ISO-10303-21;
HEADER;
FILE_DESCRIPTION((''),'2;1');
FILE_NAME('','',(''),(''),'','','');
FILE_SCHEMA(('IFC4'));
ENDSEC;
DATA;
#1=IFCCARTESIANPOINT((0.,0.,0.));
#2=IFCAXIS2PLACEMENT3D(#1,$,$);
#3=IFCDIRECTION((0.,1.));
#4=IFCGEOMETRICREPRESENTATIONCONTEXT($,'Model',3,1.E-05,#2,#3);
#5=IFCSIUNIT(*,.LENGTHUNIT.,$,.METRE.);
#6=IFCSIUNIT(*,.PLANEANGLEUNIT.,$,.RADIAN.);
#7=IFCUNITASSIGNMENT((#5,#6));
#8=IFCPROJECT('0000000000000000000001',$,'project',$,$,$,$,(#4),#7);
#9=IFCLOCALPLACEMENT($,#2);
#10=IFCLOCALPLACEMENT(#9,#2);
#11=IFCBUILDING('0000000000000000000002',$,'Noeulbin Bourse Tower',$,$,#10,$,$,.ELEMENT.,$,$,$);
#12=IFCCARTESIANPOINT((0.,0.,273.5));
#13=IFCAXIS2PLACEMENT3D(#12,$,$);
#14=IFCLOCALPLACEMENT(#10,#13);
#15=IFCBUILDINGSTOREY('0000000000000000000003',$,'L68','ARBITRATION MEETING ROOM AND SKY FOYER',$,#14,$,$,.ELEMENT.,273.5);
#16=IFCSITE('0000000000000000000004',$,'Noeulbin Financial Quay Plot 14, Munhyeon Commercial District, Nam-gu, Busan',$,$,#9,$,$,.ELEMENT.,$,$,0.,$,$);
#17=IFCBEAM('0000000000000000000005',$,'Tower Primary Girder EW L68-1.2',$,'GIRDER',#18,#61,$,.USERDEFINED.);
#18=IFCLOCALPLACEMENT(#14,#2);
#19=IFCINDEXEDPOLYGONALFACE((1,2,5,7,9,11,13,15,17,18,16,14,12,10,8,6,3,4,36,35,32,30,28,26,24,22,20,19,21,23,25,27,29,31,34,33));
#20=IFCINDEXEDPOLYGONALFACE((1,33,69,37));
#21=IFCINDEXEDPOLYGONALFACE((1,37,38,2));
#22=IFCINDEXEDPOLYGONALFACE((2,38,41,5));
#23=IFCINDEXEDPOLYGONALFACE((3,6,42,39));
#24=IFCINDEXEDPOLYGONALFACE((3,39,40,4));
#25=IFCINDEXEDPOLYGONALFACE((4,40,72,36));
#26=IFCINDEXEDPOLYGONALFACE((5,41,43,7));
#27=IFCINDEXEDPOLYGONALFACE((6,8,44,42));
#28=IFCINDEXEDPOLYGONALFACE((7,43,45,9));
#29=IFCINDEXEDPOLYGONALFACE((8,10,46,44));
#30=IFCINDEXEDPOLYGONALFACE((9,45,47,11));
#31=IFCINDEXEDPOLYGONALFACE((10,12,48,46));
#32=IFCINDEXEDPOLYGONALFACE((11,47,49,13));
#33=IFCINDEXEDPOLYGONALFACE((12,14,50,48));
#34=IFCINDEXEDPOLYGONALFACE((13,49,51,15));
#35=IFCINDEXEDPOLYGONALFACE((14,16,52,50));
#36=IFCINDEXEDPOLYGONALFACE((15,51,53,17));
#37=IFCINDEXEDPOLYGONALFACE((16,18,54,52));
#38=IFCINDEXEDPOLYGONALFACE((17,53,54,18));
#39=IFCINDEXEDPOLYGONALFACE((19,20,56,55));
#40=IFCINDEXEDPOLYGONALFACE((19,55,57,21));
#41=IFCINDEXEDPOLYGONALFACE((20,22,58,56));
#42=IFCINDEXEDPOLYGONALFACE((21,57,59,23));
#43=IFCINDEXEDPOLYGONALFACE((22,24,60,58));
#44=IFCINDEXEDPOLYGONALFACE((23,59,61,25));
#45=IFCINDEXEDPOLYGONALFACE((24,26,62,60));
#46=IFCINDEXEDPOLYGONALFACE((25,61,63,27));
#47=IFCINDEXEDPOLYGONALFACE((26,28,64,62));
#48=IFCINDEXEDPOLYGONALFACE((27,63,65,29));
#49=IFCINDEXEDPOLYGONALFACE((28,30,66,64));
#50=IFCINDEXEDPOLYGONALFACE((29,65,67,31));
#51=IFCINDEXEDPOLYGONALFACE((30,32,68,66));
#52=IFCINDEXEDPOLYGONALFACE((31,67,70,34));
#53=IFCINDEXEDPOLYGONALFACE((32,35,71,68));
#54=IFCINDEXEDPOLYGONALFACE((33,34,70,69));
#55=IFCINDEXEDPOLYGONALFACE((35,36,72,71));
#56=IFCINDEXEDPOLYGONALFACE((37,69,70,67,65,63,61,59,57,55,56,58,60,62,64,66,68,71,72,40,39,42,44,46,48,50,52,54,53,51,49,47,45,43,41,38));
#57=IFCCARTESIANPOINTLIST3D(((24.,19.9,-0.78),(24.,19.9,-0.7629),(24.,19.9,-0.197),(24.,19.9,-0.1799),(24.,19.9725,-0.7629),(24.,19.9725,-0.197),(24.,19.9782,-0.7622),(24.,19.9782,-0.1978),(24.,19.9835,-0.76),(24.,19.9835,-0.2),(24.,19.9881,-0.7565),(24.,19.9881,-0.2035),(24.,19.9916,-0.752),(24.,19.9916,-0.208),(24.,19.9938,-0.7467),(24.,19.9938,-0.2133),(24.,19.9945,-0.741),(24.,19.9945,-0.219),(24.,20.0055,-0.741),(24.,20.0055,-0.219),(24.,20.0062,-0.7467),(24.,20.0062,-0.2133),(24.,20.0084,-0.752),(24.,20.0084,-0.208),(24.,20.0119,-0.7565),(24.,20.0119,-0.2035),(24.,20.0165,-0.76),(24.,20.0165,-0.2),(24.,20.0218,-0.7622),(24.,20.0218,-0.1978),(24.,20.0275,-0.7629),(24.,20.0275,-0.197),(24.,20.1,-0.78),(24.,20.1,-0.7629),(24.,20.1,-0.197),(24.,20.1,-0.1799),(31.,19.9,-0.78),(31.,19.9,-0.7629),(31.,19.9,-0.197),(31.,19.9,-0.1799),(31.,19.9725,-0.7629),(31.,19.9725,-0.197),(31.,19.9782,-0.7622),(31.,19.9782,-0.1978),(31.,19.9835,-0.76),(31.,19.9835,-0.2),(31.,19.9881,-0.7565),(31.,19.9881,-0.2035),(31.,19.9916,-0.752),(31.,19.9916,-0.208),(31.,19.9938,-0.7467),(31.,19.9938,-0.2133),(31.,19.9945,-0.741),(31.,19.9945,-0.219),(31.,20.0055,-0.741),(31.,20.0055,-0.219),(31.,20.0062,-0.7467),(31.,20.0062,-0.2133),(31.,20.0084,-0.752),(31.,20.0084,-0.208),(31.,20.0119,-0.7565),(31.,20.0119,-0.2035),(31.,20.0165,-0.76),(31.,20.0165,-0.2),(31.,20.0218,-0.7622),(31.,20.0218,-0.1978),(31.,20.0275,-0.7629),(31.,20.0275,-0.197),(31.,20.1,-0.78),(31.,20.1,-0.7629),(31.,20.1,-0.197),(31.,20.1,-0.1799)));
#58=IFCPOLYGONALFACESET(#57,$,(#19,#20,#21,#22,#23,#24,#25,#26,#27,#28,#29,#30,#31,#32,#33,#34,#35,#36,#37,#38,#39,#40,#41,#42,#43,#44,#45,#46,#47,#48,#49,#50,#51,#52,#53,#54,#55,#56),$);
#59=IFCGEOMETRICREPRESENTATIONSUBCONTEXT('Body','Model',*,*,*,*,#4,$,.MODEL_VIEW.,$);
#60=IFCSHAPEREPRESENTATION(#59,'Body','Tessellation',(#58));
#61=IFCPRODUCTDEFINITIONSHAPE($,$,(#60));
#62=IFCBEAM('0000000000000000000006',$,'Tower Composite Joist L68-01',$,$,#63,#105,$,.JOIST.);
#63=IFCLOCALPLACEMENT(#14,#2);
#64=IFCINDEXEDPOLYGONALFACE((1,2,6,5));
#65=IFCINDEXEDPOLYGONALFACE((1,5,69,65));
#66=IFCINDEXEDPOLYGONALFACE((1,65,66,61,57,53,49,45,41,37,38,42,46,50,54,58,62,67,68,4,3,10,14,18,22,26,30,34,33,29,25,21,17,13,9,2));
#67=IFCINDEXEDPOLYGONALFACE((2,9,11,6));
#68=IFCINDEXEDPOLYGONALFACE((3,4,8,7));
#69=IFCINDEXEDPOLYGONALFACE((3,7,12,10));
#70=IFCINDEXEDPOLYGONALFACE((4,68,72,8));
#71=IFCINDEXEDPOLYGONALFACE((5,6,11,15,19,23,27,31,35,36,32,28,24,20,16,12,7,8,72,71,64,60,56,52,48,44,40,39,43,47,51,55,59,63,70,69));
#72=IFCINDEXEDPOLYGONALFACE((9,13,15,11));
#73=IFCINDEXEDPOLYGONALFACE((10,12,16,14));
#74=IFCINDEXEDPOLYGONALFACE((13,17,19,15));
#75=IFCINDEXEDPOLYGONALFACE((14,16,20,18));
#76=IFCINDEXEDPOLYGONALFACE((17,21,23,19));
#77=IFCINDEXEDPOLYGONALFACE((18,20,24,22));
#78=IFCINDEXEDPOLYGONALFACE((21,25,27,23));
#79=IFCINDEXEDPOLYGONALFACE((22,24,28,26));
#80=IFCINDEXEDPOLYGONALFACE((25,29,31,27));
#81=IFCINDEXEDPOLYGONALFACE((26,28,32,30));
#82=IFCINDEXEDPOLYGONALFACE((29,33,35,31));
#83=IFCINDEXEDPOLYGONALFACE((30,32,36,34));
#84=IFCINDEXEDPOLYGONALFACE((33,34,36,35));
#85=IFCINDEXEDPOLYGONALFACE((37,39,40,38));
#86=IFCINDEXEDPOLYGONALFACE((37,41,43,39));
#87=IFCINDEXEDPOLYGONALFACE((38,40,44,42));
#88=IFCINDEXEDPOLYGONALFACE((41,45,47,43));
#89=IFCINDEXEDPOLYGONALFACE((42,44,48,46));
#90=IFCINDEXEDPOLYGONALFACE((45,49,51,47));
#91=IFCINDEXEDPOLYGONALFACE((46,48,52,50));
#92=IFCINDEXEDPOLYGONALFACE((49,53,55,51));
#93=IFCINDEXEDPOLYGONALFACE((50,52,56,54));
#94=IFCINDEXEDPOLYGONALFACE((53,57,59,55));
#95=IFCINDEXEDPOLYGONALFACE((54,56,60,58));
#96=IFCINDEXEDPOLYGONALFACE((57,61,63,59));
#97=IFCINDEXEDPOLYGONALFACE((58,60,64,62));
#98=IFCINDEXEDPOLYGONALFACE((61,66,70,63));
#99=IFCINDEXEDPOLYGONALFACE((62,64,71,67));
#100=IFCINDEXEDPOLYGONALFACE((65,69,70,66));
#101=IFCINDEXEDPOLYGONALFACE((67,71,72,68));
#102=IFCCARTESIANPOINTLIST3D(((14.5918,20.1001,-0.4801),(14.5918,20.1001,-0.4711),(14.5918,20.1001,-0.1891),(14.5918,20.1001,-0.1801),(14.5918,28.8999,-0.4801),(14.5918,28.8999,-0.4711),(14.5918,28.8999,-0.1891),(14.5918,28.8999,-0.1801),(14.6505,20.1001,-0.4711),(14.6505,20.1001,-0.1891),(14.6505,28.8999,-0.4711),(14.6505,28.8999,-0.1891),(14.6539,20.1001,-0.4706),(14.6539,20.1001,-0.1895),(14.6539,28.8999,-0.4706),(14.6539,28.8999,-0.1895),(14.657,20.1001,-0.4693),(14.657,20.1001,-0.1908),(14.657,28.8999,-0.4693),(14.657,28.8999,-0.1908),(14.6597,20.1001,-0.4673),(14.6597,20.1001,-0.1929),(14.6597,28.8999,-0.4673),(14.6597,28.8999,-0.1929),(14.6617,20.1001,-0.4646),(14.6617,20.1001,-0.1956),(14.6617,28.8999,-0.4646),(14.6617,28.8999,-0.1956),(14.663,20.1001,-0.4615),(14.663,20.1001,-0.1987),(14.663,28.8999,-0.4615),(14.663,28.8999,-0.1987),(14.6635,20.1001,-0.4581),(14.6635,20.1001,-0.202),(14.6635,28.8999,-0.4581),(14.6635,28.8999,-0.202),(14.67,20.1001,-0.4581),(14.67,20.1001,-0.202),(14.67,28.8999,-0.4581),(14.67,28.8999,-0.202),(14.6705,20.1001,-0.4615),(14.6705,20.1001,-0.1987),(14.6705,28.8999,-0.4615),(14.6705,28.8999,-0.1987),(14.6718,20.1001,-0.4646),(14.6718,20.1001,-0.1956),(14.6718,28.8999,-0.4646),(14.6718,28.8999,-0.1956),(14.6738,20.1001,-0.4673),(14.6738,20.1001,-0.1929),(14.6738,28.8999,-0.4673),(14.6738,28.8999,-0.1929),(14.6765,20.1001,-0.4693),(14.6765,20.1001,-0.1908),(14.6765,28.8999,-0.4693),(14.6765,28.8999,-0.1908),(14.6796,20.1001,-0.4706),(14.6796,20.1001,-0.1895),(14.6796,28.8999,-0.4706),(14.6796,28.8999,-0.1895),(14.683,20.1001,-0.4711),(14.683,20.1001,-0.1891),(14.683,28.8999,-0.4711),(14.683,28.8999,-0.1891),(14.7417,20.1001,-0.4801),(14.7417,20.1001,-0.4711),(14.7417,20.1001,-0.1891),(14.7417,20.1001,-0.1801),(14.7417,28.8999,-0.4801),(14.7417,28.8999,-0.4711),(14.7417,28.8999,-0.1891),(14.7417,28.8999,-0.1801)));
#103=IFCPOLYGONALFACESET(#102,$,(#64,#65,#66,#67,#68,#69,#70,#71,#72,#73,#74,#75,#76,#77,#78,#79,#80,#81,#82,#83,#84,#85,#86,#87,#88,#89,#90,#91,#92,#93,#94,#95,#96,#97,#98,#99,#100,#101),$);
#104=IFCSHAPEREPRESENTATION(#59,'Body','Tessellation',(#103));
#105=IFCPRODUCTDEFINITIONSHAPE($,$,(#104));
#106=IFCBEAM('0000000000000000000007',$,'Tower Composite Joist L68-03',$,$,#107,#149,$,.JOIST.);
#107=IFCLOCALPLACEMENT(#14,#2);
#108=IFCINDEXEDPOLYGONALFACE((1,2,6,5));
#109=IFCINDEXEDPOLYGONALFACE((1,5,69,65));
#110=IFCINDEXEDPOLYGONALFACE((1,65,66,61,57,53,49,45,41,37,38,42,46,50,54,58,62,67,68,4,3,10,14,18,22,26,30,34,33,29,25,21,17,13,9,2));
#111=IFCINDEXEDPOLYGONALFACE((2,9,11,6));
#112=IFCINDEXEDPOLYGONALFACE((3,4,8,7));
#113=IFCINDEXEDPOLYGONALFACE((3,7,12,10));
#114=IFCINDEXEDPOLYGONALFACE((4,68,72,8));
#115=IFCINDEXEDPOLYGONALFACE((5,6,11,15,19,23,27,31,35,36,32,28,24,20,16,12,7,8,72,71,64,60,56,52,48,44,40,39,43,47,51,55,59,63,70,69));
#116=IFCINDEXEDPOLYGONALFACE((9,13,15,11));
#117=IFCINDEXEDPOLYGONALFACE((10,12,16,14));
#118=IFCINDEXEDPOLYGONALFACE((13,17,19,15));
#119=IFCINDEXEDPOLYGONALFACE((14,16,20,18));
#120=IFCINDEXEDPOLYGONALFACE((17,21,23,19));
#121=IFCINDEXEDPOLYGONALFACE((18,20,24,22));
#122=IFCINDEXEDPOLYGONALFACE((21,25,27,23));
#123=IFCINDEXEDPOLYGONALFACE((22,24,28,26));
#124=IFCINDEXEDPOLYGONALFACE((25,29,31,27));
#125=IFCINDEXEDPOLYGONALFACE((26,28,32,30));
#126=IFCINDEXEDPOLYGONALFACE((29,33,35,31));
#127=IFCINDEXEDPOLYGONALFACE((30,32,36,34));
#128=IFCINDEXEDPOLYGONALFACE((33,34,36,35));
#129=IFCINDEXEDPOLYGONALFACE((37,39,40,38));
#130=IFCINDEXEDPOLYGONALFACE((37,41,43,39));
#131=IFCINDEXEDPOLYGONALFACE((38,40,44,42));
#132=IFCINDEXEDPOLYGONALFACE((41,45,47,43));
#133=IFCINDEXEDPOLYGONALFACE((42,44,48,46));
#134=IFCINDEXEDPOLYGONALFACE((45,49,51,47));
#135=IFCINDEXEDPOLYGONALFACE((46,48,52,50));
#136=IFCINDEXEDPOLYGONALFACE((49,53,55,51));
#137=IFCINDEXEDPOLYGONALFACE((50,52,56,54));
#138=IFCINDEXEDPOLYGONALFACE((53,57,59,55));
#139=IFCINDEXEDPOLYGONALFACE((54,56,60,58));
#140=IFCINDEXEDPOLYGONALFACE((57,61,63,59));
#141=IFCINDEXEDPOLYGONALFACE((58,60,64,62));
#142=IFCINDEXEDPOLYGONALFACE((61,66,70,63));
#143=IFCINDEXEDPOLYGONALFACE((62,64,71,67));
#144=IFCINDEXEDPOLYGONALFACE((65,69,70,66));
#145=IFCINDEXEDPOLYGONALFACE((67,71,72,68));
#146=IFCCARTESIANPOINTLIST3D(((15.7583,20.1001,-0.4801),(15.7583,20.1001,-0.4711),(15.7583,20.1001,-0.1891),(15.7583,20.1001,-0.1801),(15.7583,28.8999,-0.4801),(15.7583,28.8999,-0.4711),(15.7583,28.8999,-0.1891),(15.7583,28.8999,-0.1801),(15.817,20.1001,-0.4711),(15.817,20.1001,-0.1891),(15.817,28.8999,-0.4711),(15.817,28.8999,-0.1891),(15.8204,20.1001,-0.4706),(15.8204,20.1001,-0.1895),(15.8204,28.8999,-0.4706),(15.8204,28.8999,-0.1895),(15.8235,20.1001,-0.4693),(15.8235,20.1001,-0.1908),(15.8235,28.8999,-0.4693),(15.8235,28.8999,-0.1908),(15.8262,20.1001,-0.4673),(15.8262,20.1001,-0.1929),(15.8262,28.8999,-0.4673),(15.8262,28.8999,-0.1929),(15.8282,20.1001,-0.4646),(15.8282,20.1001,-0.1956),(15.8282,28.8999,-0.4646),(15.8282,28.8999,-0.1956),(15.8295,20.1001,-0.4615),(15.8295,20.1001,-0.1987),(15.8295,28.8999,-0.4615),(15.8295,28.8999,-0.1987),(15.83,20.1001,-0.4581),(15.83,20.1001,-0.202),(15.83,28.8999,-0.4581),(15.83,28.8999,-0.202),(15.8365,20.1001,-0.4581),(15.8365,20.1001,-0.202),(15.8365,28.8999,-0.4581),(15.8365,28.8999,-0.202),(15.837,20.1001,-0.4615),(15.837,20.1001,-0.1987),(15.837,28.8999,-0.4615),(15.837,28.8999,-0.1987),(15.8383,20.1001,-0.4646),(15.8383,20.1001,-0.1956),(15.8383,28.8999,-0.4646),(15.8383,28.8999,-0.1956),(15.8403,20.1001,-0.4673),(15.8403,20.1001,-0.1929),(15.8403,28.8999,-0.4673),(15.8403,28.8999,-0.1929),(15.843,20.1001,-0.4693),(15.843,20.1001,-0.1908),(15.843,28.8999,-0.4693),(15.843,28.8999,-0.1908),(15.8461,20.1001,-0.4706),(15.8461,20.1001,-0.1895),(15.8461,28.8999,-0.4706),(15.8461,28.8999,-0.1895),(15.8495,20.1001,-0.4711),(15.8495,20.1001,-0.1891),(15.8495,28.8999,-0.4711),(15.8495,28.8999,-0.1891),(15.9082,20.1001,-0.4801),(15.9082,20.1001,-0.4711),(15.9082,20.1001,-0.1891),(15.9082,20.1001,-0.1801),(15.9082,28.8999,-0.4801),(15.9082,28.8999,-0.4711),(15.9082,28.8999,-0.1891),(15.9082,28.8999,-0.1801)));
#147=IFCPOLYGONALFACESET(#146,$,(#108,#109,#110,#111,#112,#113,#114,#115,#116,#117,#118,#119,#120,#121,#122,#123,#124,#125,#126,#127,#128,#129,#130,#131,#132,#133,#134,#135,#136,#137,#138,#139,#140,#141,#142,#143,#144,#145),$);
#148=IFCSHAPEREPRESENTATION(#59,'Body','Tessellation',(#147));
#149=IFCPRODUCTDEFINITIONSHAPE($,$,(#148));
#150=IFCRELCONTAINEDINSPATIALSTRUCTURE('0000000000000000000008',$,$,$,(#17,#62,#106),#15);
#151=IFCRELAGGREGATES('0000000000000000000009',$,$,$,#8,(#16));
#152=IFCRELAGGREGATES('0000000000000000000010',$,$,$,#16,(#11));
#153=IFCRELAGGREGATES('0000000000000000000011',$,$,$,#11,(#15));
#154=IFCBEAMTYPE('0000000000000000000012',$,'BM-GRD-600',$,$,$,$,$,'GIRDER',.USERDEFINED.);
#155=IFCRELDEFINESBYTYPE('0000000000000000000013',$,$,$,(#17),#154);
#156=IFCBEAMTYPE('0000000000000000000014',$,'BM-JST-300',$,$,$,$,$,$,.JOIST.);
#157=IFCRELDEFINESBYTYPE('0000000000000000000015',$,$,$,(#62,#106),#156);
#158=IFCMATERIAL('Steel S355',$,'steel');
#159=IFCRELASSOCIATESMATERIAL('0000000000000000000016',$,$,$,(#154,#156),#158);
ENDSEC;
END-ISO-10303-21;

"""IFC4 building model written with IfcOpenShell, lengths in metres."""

from ifc_helpers import new_model, si_unit, direction, frame, origin, origin_2d, place, context, subcontext, project, spatial, i_section, extrude, material, material_profile, profile_set, type_object, element, save


model = new_model("IFC4")

# Units and contexts
model_context = context("Model", 3, precision=1e-05, world=origin(), true_north=direction((0.0, 1.0)))
body_context = subcontext(model_context, "Body", "Model", "MODEL_VIEW")
ifc_project = project(units=[si_unit("LENGTHUNIT", "METRE"), si_unit("PLANEANGLEUNIT", "RADIAN")], contexts=[model_context])

# Site, building, storey
site_placement = place(None, origin())
site = spatial("IfcSite", under=ifc_project, at=site_placement, Name="Noeulbin Financial Quay Plot 14, Munhyeon Commercial District, Nam-gu, Busan", CompositionType="ELEMENT", RefElevation=0.0)
building_placement = place(site_placement, origin())
building = spatial("IfcBuilding", under=site, at=building_placement, Name="Noeulbin Bourse Tower", CompositionType="ELEMENT")
storey_placement = place(building_placement, frame((0.0, 0.0, 273.5)))
storey = spatial("IfcBuildingStorey", under=building, at=storey_placement, Name="L68", Description="ARBITRATION MEETING ROOM AND SKY FOYER", CompositionType="ELEMENT", Elevation=273.5)

# Shared definitions
ifc_material_1 = material(Name="Steel S355", Category="steel")

# Beams
ifc_material_profile_1 = material_profile(ifc_material_1, i_section(OverallWidth=0.2, OverallDepth=0.6001, WebThickness=0.011, FlangeThickness=0.0171, FilletRadius=0.022, at=origin_2d()), Name="H-600x200x11x17", Category="LoadBearing")
ifc_profile_set_1 = profile_set([ifc_material_profile_1], Name="Steel S355")
beam_type_1 = type_object("IfcBeamType", Name="BM-GRD-600", ElementType="GIRDER", PredefinedType="USERDEFINED", material=ifc_profile_set_1)
beam_1_placement = place(storey_placement, frame((24.0, 20.0, -0.48), z_axis=(1.0, 0.0, 0.0), x_axis=(0.0, 1.0, 0.0)))
element("IfcBeam", 1, at=beam_1_placement, inside=storey, type_object=beam_type_1, Name="Tower Primary Girder EW L68-1.2", ObjectType="GIRDER", PredefinedType="USERDEFINED", context=body_context, shape_type="SweptSolid", body=[
    extrude(i_section(OverallWidth=0.2, OverallDepth=0.6001, WebThickness=0.011, FlangeThickness=0.0171, FilletRadius=0.022, at=origin_2d()), origin(), (0.0, 0.0, 1.0), 7.0),
])
ifc_material_profile_2 = material_profile(ifc_material_1, i_section(OverallWidth=0.1499, OverallDepth=0.3, WebThickness=0.0066, FlangeThickness=0.009, FilletRadius=0.0129, at=origin_2d()), Name="H-300x150x6.5x9", Category="LoadBearing")
ifc_profile_set_2 = profile_set([ifc_material_profile_2], Name="Steel S355")
beam_type_2 = type_object("IfcBeamType", Name="BM-JST-300", PredefinedType="JOIST", material=ifc_profile_set_2)
for number, where, z_axis, x_axis, name in (
    (2, (14.6667, 20.1001, -0.3301), (0.0, 1.0, 0.0), (-1.0, 0.0, 0.0), "Tower Composite Joist L68-01"),
    (3, (15.8333, 20.1001, -0.3301), (0.0, 1.0, 0.0), (-1.0, 0.0, 0.0), "Tower Composite Joist L68-03"),
):
    element("IfcBeam", number, at=place(storey_placement, frame(where, z_axis=z_axis, x_axis=x_axis)), inside=storey, type_object=beam_type_2, Name=name, PredefinedType="JOIST", context=body_context, shape_type="SweptSolid", body=[
        extrude(i_section(OverallWidth=0.1499, OverallDepth=0.3, WebThickness=0.0066, FlangeThickness=0.009, FilletRadius=0.0129, at=origin_2d()), origin(), (0.0, 0.0, 1.0), 8.7998),
    ])

save(model, "model.ifc")
